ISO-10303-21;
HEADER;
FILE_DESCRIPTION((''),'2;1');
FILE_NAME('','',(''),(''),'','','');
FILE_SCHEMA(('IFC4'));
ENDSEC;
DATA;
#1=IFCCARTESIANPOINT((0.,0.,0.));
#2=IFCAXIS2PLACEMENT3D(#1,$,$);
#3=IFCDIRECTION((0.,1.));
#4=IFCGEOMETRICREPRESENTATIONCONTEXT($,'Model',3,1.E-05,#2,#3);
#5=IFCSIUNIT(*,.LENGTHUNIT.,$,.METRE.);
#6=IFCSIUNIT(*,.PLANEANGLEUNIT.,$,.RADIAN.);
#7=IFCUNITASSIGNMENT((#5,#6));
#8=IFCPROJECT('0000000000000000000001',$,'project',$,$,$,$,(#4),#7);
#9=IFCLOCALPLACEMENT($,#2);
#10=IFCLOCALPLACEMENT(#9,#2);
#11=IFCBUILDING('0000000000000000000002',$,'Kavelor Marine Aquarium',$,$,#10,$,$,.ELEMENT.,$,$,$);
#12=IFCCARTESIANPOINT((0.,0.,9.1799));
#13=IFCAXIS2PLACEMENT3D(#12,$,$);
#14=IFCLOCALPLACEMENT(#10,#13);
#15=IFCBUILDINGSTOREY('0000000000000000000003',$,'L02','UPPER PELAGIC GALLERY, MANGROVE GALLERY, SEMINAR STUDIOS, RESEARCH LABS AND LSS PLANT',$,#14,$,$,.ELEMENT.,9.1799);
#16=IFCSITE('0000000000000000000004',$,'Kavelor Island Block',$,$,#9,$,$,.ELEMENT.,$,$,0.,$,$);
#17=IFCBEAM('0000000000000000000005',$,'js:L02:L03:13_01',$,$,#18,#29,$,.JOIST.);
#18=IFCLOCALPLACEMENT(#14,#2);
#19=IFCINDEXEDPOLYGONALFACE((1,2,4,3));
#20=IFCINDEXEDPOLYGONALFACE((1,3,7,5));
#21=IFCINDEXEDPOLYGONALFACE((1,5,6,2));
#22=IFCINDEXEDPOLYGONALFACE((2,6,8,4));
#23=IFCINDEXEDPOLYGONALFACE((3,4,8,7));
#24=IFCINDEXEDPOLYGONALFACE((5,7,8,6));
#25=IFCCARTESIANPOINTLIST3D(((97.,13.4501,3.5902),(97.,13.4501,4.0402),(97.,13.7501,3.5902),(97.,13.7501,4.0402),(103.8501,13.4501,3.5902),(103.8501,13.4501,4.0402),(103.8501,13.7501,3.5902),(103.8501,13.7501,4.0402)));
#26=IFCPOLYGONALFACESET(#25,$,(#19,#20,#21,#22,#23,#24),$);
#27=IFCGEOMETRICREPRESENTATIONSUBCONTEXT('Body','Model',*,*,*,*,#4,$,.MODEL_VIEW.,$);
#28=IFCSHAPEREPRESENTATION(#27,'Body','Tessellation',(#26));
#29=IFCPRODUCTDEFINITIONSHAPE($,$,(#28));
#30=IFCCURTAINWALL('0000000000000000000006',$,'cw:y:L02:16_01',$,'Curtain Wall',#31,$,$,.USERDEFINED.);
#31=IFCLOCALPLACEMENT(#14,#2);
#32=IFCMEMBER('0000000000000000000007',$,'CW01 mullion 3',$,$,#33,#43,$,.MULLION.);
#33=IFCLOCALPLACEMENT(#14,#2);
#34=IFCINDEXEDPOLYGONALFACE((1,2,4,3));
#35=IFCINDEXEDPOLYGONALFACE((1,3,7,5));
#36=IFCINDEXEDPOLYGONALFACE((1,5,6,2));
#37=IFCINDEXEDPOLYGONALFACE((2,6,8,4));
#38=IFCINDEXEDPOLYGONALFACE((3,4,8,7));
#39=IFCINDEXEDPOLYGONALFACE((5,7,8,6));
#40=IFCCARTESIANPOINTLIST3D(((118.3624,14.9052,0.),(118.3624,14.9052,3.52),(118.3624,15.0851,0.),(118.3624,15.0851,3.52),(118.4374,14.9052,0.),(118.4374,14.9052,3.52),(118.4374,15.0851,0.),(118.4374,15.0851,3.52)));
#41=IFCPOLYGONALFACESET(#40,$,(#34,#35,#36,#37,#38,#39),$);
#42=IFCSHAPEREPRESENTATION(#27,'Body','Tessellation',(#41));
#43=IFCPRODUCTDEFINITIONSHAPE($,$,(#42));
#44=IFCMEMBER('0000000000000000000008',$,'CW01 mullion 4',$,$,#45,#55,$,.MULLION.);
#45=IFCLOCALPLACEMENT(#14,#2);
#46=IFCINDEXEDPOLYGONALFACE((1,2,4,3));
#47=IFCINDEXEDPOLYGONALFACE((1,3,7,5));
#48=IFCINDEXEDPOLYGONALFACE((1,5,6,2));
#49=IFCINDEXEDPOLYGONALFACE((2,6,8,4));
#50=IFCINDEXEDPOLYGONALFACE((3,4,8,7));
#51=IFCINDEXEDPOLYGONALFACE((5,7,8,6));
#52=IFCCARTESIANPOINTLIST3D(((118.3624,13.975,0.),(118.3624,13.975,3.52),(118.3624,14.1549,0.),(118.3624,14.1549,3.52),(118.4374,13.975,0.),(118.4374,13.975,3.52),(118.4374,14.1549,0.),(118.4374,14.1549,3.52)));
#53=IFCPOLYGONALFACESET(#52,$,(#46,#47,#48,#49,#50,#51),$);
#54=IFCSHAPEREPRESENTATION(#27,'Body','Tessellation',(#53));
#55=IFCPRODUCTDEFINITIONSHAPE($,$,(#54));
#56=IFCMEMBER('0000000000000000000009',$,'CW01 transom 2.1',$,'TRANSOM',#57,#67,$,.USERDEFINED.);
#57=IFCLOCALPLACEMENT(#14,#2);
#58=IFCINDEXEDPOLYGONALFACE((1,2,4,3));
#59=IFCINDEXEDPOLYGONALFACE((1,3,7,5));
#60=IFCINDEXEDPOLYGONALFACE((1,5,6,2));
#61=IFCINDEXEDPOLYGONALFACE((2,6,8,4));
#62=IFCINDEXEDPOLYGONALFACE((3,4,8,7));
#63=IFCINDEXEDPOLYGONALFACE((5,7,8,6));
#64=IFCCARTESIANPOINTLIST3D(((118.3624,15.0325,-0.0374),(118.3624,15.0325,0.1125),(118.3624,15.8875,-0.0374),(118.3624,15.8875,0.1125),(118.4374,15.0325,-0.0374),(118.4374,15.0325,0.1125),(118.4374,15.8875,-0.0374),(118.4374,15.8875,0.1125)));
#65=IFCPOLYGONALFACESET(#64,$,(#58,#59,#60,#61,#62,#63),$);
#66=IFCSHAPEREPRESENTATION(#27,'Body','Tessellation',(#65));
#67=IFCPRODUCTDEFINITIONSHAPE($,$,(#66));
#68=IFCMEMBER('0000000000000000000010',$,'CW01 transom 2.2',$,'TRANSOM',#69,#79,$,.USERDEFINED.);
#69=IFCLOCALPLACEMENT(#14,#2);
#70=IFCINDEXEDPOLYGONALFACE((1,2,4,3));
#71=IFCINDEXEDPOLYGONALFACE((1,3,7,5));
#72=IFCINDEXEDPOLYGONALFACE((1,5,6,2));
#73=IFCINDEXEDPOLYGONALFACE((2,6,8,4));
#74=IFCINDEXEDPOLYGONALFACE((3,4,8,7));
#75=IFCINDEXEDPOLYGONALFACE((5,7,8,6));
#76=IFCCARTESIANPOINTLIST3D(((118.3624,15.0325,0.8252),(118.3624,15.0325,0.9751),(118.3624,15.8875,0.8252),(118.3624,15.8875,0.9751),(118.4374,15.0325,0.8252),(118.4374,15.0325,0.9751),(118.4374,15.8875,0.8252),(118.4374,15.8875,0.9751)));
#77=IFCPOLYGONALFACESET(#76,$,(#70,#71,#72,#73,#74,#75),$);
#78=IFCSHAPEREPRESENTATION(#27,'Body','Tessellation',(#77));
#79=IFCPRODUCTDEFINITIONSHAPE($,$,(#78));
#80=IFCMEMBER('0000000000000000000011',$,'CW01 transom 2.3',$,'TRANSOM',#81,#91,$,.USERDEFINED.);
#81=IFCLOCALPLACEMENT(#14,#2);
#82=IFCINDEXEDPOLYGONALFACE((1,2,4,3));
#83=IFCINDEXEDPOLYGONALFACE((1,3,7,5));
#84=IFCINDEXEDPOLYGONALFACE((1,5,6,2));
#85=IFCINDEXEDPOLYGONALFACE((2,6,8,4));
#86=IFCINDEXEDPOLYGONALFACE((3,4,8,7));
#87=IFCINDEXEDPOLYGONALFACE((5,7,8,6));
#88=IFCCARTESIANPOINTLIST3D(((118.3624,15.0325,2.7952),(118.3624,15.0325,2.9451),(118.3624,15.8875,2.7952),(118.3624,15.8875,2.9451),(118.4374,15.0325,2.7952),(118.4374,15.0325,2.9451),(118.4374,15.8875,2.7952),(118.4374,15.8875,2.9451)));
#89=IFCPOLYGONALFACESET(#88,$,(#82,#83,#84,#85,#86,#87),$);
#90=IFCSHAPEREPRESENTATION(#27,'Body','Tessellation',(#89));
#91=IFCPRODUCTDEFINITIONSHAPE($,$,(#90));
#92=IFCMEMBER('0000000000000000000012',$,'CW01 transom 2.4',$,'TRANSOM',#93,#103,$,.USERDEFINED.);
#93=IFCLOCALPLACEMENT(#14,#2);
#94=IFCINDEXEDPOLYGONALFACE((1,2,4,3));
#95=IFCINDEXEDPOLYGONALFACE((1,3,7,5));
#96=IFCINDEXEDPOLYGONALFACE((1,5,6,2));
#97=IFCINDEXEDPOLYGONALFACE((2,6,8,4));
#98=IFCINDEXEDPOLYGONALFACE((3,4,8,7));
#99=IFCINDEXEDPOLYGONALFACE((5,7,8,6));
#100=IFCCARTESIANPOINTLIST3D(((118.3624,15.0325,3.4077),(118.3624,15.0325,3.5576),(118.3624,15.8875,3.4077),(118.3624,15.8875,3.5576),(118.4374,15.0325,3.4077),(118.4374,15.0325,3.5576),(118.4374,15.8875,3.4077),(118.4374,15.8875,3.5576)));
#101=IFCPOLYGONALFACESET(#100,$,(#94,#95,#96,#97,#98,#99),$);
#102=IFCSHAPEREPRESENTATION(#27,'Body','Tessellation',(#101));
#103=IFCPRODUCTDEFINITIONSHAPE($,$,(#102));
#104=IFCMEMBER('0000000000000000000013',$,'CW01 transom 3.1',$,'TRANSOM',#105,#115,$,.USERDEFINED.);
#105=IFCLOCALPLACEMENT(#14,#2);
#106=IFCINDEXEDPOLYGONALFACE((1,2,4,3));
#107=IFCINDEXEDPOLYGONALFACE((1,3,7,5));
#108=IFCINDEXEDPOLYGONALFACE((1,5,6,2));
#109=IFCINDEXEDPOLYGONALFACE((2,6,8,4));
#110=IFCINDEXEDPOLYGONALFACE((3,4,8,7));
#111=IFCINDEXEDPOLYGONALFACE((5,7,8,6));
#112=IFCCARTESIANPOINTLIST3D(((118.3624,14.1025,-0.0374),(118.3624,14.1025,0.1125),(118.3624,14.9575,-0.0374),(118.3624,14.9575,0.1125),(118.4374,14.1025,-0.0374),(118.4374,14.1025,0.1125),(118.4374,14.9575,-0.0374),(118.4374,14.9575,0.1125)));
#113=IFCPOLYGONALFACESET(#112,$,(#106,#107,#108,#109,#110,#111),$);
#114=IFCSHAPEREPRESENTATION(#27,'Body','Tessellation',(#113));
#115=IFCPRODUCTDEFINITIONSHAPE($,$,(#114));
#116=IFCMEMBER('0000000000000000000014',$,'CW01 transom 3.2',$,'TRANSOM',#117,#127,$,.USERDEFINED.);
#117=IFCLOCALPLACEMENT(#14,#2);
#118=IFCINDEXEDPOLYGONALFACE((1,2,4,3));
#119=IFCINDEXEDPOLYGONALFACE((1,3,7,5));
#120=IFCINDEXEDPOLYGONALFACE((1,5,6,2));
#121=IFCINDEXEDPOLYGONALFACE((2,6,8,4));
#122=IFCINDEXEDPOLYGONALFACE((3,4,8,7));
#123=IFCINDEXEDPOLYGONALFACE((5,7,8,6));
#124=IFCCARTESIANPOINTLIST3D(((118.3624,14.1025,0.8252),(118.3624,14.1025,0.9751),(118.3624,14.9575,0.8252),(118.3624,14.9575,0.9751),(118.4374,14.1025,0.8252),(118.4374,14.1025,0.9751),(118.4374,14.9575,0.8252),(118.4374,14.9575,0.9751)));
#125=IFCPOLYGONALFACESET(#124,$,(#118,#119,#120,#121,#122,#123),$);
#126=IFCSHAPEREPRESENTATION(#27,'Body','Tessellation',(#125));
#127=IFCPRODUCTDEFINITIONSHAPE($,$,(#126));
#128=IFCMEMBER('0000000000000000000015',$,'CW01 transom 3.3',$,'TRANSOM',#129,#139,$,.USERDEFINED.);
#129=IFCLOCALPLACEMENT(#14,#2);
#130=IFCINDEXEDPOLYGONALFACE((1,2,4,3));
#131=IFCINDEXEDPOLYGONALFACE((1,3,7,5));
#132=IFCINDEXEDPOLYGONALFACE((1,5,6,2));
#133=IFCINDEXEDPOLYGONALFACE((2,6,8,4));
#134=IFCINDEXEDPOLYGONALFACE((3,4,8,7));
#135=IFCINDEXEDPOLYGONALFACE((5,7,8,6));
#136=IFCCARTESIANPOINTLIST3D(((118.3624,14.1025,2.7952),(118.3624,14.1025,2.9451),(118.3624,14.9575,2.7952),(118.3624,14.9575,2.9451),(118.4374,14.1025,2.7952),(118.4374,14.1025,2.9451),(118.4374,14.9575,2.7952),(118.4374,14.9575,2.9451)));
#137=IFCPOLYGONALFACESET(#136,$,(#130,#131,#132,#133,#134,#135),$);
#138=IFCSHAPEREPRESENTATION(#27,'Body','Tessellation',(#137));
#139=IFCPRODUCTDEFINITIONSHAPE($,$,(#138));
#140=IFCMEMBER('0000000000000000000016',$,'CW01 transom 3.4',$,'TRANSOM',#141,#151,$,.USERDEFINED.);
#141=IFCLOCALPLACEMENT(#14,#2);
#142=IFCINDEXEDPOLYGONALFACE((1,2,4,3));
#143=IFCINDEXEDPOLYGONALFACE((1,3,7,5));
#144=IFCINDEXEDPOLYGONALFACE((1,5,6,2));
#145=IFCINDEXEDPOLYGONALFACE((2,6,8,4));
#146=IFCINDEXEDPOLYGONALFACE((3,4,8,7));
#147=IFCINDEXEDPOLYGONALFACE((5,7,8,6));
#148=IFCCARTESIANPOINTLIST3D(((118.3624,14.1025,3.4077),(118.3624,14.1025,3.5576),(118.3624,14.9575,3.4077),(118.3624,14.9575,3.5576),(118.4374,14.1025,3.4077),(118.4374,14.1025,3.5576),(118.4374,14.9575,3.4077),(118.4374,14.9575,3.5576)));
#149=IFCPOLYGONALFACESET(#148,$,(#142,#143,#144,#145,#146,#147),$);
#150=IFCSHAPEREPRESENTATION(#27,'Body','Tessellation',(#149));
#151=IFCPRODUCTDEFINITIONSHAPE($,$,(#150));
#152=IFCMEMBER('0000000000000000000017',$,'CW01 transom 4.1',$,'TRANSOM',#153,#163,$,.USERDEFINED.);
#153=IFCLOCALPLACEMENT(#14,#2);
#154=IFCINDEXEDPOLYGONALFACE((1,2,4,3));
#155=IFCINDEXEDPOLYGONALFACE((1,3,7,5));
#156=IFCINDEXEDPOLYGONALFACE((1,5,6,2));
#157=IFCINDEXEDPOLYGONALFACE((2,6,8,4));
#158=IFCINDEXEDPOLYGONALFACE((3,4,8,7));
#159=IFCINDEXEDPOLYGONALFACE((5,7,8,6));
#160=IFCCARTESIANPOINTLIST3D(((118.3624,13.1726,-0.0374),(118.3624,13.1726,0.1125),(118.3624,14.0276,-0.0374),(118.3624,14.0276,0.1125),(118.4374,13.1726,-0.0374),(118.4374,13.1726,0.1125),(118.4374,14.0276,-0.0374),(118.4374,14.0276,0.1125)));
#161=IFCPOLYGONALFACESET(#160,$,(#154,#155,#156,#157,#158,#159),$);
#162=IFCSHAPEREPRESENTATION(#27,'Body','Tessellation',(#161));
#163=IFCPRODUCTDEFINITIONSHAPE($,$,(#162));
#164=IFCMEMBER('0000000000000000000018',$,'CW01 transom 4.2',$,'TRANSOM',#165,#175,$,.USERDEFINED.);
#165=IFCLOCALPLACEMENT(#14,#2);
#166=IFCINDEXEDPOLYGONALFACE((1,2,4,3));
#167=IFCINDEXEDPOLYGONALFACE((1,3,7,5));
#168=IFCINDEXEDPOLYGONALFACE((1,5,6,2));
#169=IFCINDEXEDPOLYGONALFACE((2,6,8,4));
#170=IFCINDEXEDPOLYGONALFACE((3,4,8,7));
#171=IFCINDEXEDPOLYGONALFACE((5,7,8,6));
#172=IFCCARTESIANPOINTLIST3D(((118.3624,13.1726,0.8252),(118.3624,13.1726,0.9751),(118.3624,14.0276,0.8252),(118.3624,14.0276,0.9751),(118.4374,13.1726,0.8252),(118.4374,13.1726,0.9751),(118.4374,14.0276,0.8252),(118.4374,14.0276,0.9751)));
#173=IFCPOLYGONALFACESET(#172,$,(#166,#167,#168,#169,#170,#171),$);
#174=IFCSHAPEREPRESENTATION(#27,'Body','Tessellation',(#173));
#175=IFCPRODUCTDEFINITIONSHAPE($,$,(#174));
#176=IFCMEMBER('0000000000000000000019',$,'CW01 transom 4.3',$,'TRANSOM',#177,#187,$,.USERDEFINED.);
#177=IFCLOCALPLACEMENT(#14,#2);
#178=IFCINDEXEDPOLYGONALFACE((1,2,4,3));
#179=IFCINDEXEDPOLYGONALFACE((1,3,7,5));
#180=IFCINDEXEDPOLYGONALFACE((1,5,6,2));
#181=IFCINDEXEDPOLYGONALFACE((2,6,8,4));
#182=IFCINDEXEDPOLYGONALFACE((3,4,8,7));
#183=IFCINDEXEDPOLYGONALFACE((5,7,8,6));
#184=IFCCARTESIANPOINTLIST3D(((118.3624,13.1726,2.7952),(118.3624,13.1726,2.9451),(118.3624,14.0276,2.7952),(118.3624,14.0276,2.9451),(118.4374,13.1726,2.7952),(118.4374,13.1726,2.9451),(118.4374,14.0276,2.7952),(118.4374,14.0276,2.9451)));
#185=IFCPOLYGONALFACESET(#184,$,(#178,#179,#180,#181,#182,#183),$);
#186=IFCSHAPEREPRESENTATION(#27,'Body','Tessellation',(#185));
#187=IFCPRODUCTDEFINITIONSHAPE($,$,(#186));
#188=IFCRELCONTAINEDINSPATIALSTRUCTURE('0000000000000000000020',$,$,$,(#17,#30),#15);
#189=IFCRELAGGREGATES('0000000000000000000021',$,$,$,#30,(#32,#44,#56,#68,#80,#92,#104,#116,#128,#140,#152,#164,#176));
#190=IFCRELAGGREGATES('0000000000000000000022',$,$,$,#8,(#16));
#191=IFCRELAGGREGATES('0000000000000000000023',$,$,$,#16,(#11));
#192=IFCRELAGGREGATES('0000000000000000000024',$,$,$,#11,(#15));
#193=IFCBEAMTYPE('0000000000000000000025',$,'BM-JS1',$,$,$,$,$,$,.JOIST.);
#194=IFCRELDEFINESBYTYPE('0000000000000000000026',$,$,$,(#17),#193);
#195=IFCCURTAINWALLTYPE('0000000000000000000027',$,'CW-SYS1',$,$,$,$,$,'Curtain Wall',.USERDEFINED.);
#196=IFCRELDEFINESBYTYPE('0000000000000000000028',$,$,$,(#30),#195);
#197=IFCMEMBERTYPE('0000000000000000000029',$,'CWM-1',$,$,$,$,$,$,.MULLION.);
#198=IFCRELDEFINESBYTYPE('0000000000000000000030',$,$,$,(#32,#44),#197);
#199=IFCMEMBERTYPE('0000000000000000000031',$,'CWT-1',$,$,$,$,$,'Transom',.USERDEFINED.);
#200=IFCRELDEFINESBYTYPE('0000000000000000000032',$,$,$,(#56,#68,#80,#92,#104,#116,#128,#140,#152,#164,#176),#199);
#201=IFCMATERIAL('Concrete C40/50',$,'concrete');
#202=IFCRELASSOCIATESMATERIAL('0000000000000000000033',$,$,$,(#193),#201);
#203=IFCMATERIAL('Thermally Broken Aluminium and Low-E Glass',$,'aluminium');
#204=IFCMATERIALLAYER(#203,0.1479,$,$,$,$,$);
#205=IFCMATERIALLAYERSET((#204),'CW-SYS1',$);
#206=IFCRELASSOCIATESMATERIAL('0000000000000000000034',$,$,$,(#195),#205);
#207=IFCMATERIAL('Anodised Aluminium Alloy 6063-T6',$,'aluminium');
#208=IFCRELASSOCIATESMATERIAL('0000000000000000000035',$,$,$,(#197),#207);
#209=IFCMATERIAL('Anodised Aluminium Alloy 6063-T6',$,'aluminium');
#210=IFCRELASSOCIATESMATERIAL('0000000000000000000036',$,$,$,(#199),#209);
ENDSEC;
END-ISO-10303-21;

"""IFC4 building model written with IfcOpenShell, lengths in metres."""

from ifc_helpers import new_model, si_unit, direction, frame, origin, origin_2d, place, context, subcontext, project, spatial, rectangle, extrude, material, layer, layer_set, material_profile, profile_set, type_object, element, aggregate, save


model = new_model("IFC4")

# Units and contexts
model_context = context("Model", 3, precision=1e-05, world=origin(), true_north=direction((0.0, 1.0)))
body_context = subcontext(model_context, "Body", "Model", "MODEL_VIEW")
ifc_project = project(units=[si_unit("LENGTHUNIT", "METRE"), si_unit("PLANEANGLEUNIT", "RADIAN")], contexts=[model_context])

# Site, building, storey
site_placement = place(None, origin())
site = spatial("IfcSite", under=ifc_project, at=site_placement, Name="Kavelor Island Block", CompositionType="ELEMENT", RefElevation=0.0)
building_placement = place(site_placement, origin())
building = spatial("IfcBuilding", under=site, at=building_placement, Name="Kavelor Marine Aquarium", CompositionType="ELEMENT")
storey_placement = place(building_placement, frame((0.0, 0.0, 9.1799)))
storey = spatial("IfcBuildingStorey", under=building, at=storey_placement, Name="L02", Description="UPPER PELAGIC GALLERY, MANGROVE GALLERY, SEMINAR STUDIOS, RESEARCH LABS AND LSS PLANT", CompositionType="ELEMENT", Elevation=9.1799)

# Beam
ifc_material_1 = material(Name="Concrete C40/50", Category="concrete")
ifc_material_profile_1 = material_profile(ifc_material_1, rectangle(XDim=0.3, YDim=0.45, at=origin_2d()), Name="RC-JS 300x450")
ifc_profile_set_1 = profile_set([ifc_material_profile_1], Name="Concrete C40/50")
beam_type = type_object("IfcBeamType", Name="BM-JS1", PredefinedType="JOIST", material=ifc_profile_set_1)
beam_placement = place(storey_placement, frame((97.0, 13.6001, 3.8152), z_axis=(1.0, 0.0, 0.0), x_axis=(0.0, 1.0, 0.0)))
element("IfcBeam", 1, at=beam_placement, inside=storey, type_object=beam_type, Name="js:L02:L03:13_01", PredefinedType="JOIST", context=body_context, shape_type="SweptSolid", body=[
    extrude(rectangle(XDim=0.3, YDim=0.45, at=origin_2d()), origin(), (0.0, 0.0, 1.0), 6.8501),
])

# Curtain wall, members
ifc_material_2 = material(Name="Thermally Broken Aluminium and Low-E Glass", Category="aluminium")
ifc_layer_1 = layer(ifc_material_2, 0.1479)
ifc_layer_set_1 = layer_set([ifc_layer_1], Name="CW-SYS1")
curtain_wall_type = type_object("IfcCurtainWallType", Name="CW-SYS1", ElementType="Curtain Wall", PredefinedType="USERDEFINED", material=ifc_layer_set_1)
curtain_wall_placement = place(storey_placement, origin())
curtain_wall = element("IfcCurtainWall", 2, at=curtain_wall_placement, inside=storey, type_object=curtain_wall_type, Name="cw:y:L02:16_01", ObjectType="Curtain Wall", PredefinedType="USERDEFINED")
ifc_material_3 = material(Name="Anodised Aluminium Alloy 6063-T6", Category="aluminium")
ifc_material_profile_2 = material_profile(ifc_material_3, rectangle(XDim=0.075, YDim=0.1799, at=origin_2d()), Name="CW-MUL 75x180")
ifc_profile_set_2 = profile_set([ifc_material_profile_2], Name="Anodised Aluminium Alloy 6063-T6")
member_type_1 = type_object("IfcMemberType", Name="CWM-1", PredefinedType="MULLION", material=ifc_profile_set_2)
member_1_placement = place(storey_placement, frame((118.3999, 14.9951, 0.0), z_axis=(0.0, 0.0, 1.0), x_axis=(1.0, 0.0, 0.0)))
member_1 = element("IfcMember", 3, at=member_1_placement, type_object=member_type_1, Name="CW01 mullion 3", PredefinedType="MULLION", context=body_context, shape_type="SweptSolid", body=[
    extrude(rectangle(XDim=0.075, YDim=0.1799, at=origin_2d()), origin(), (0.0, 0.0, 1.0), 3.52),
])
member_2_placement = place(storey_placement, frame((118.3999, 14.0649, 0.0), z_axis=(0.0, 0.0, 1.0), x_axis=(1.0, 0.0, 0.0)))
member_2 = element("IfcMember", 4, at=member_2_placement, type_object=member_type_1, Name="CW01 mullion 4", PredefinedType="MULLION", context=body_context, shape_type="SweptSolid", body=[
    extrude(rectangle(XDim=0.075, YDim=0.1799, at=origin_2d()), origin(), (0.0, 0.0, 1.0), 3.52),
])
ifc_material_4 = material(Name="Anodised Aluminium Alloy 6063-T6", Category="aluminium")
ifc_material_profile_3 = material_profile(ifc_material_4, rectangle(XDim=0.075, YDim=0.1499, at=origin_2d()), Name="CW-TRN 75x150")
ifc_profile_set_3 = profile_set([ifc_material_profile_3], Name="Anodised Aluminium Alloy 6063-T6")
member_type_2 = type_object("IfcMemberType", Name="CWT-1", ElementType="Transom", PredefinedType="USERDEFINED", material=ifc_profile_set_3)
member_3_placement = place(storey_placement, frame((118.3999, 15.8875, 0.0376), z_axis=(0.0, -1.0, 0.0), x_axis=(1.0, 0.0, 0.0)))
member_3 = element("IfcMember", 5, at=member_3_placement, type_object=member_type_2, Name="CW01 transom 2.1", ObjectType="TRANSOM", PredefinedType="USERDEFINED", context=body_context, shape_type="SweptSolid", body=[
    extrude(rectangle(XDim=0.075, YDim=0.1499, at=origin_2d()), origin(), (0.0, 0.0, 1.0), 0.855),
])
member_4_placement = place(storey_placement, frame((118.3999, 15.8875, 0.9001), z_axis=(0.0, -1.0, 0.0), x_axis=(1.0, 0.0, 0.0)))
member_4 = element("IfcMember", 6, at=member_4_placement, type_object=member_type_2, Name="CW01 transom 2.2", ObjectType="TRANSOM", PredefinedType="USERDEFINED", context=body_context, shape_type="SweptSolid", body=[
    extrude(rectangle(XDim=0.075, YDim=0.1499, at=origin_2d()), origin(), (0.0, 0.0, 1.0), 0.855),
])
member_5_placement = place(storey_placement, frame((118.3999, 15.8875, 2.8701), z_axis=(0.0, -1.0, 0.0), x_axis=(1.0, 0.0, 0.0)))
member_5 = element("IfcMember", 7, at=member_5_placement, type_object=member_type_2, Name="CW01 transom 2.3", ObjectType="TRANSOM", PredefinedType="USERDEFINED", context=body_context, shape_type="SweptSolid", body=[
    extrude(rectangle(XDim=0.075, YDim=0.1499, at=origin_2d()), origin(), (0.0, 0.0, 1.0), 0.855),
])
member_6_placement = place(storey_placement, frame((118.3999, 15.8875, 3.4827), z_axis=(0.0, -1.0, 0.0), x_axis=(1.0, 0.0, 0.0)))
member_6 = element("IfcMember", 8, at=member_6_placement, type_object=member_type_2, Name="CW01 transom 2.4", ObjectType="TRANSOM", PredefinedType="USERDEFINED", context=body_context, shape_type="SweptSolid", body=[
    extrude(rectangle(XDim=0.075, YDim=0.1499, at=origin_2d()), origin(), (0.0, 0.0, 1.0), 0.855),
])
member_7_placement = place(storey_placement, frame((118.3999, 14.9575, 0.0376), z_axis=(0.0, -1.0, 0.0), x_axis=(1.0, 0.0, 0.0)))
member_7 = element("IfcMember", 9, at=member_7_placement, type_object=member_type_2, Name="CW01 transom 3.1", ObjectType="TRANSOM", PredefinedType="USERDEFINED", context=body_context, shape_type="SweptSolid", body=[
    extrude(rectangle(XDim=0.075, YDim=0.1499, at=origin_2d()), origin(), (0.0, 0.0, 1.0), 0.855),
])
member_8_placement = place(storey_placement, frame((118.3999, 14.9575, 0.9001), z_axis=(0.0, -1.0, 0.0), x_axis=(1.0, 0.0, 0.0)))
member_8 = element("IfcMember", 10, at=member_8_placement, type_object=member_type_2, Name="CW01 transom 3.2", ObjectType="TRANSOM", PredefinedType="USERDEFINED", context=body_context, shape_type="SweptSolid", body=[
    extrude(rectangle(XDim=0.075, YDim=0.1499, at=origin_2d()), origin(), (0.0, 0.0, 1.0), 0.855),
])
member_9_placement = place(storey_placement, frame((118.3999, 14.9575, 2.8701), z_axis=(0.0, -1.0, 0.0), x_axis=(1.0, 0.0, 0.0)))
member_9 = element("IfcMember", 11, at=member_9_placement, type_object=member_type_2, Name="CW01 transom 3.3", ObjectType="TRANSOM", PredefinedType="USERDEFINED", context=body_context, shape_type="SweptSolid", body=[
    extrude(rectangle(XDim=0.075, YDim=0.1499, at=origin_2d()), origin(), (0.0, 0.0, 1.0), 0.855),
])
member_10_placement = place(storey_placement, frame((118.3999, 14.9575, 3.4827), z_axis=(0.0, -1.0, 0.0), x_axis=(1.0, 0.0, 0.0)))
member_10 = element("IfcMember", 12, at=member_10_placement, type_object=member_type_2, Name="CW01 transom 3.4", ObjectType="TRANSOM", PredefinedType="USERDEFINED", context=body_context, shape_type="SweptSolid", body=[
    extrude(rectangle(XDim=0.075, YDim=0.1499, at=origin_2d()), origin(), (0.0, 0.0, 1.0), 0.855),
])
member_11_placement = place(storey_placement, frame((118.3999, 14.0276, 0.0376), z_axis=(0.0, -1.0, 0.0), x_axis=(1.0, 0.0, 0.0)))
member_11 = element("IfcMember", 13, at=member_11_placement, type_object=member_type_2, Name="CW01 transom 4.1", ObjectType="TRANSOM", PredefinedType="USERDEFINED", context=body_context, shape_type="SweptSolid", body=[
    extrude(rectangle(XDim=0.075, YDim=0.1499, at=origin_2d()), origin(), (0.0, 0.0, 1.0), 0.855),
])
member_12_placement = place(storey_placement, frame((118.3999, 14.0276, 0.9001), z_axis=(0.0, -1.0, 0.0), x_axis=(1.0, 0.0, 0.0)))
member_12 = element("IfcMember", 14, at=member_12_placement, type_object=member_type_2, Name="CW01 transom 4.2", ObjectType="TRANSOM", PredefinedType="USERDEFINED", context=body_context, shape_type="SweptSolid", body=[
    extrude(rectangle(XDim=0.075, YDim=0.1499, at=origin_2d()), origin(), (0.0, 0.0, 1.0), 0.855),
])
member_13_placement = place(storey_placement, frame((118.3999, 14.0276, 2.8701), z_axis=(0.0, -1.0, 0.0), x_axis=(1.0, 0.0, 0.0)))
member_13 = element("IfcMember", 15, at=member_13_placement, type_object=member_type_2, Name="CW01 transom 4.3", ObjectType="TRANSOM", PredefinedType="USERDEFINED", context=body_context, shape_type="SweptSolid", body=[
    extrude(rectangle(XDim=0.075, YDim=0.1499, at=origin_2d()), origin(), (0.0, 0.0, 1.0), 0.855),
])
aggregate(curtain_wall, [member_1, member_2, member_3, member_4, member_5, member_6, member_7, member_8, member_9, member_10, member_11, member_12, member_13])

save(model, "model.ifc")
